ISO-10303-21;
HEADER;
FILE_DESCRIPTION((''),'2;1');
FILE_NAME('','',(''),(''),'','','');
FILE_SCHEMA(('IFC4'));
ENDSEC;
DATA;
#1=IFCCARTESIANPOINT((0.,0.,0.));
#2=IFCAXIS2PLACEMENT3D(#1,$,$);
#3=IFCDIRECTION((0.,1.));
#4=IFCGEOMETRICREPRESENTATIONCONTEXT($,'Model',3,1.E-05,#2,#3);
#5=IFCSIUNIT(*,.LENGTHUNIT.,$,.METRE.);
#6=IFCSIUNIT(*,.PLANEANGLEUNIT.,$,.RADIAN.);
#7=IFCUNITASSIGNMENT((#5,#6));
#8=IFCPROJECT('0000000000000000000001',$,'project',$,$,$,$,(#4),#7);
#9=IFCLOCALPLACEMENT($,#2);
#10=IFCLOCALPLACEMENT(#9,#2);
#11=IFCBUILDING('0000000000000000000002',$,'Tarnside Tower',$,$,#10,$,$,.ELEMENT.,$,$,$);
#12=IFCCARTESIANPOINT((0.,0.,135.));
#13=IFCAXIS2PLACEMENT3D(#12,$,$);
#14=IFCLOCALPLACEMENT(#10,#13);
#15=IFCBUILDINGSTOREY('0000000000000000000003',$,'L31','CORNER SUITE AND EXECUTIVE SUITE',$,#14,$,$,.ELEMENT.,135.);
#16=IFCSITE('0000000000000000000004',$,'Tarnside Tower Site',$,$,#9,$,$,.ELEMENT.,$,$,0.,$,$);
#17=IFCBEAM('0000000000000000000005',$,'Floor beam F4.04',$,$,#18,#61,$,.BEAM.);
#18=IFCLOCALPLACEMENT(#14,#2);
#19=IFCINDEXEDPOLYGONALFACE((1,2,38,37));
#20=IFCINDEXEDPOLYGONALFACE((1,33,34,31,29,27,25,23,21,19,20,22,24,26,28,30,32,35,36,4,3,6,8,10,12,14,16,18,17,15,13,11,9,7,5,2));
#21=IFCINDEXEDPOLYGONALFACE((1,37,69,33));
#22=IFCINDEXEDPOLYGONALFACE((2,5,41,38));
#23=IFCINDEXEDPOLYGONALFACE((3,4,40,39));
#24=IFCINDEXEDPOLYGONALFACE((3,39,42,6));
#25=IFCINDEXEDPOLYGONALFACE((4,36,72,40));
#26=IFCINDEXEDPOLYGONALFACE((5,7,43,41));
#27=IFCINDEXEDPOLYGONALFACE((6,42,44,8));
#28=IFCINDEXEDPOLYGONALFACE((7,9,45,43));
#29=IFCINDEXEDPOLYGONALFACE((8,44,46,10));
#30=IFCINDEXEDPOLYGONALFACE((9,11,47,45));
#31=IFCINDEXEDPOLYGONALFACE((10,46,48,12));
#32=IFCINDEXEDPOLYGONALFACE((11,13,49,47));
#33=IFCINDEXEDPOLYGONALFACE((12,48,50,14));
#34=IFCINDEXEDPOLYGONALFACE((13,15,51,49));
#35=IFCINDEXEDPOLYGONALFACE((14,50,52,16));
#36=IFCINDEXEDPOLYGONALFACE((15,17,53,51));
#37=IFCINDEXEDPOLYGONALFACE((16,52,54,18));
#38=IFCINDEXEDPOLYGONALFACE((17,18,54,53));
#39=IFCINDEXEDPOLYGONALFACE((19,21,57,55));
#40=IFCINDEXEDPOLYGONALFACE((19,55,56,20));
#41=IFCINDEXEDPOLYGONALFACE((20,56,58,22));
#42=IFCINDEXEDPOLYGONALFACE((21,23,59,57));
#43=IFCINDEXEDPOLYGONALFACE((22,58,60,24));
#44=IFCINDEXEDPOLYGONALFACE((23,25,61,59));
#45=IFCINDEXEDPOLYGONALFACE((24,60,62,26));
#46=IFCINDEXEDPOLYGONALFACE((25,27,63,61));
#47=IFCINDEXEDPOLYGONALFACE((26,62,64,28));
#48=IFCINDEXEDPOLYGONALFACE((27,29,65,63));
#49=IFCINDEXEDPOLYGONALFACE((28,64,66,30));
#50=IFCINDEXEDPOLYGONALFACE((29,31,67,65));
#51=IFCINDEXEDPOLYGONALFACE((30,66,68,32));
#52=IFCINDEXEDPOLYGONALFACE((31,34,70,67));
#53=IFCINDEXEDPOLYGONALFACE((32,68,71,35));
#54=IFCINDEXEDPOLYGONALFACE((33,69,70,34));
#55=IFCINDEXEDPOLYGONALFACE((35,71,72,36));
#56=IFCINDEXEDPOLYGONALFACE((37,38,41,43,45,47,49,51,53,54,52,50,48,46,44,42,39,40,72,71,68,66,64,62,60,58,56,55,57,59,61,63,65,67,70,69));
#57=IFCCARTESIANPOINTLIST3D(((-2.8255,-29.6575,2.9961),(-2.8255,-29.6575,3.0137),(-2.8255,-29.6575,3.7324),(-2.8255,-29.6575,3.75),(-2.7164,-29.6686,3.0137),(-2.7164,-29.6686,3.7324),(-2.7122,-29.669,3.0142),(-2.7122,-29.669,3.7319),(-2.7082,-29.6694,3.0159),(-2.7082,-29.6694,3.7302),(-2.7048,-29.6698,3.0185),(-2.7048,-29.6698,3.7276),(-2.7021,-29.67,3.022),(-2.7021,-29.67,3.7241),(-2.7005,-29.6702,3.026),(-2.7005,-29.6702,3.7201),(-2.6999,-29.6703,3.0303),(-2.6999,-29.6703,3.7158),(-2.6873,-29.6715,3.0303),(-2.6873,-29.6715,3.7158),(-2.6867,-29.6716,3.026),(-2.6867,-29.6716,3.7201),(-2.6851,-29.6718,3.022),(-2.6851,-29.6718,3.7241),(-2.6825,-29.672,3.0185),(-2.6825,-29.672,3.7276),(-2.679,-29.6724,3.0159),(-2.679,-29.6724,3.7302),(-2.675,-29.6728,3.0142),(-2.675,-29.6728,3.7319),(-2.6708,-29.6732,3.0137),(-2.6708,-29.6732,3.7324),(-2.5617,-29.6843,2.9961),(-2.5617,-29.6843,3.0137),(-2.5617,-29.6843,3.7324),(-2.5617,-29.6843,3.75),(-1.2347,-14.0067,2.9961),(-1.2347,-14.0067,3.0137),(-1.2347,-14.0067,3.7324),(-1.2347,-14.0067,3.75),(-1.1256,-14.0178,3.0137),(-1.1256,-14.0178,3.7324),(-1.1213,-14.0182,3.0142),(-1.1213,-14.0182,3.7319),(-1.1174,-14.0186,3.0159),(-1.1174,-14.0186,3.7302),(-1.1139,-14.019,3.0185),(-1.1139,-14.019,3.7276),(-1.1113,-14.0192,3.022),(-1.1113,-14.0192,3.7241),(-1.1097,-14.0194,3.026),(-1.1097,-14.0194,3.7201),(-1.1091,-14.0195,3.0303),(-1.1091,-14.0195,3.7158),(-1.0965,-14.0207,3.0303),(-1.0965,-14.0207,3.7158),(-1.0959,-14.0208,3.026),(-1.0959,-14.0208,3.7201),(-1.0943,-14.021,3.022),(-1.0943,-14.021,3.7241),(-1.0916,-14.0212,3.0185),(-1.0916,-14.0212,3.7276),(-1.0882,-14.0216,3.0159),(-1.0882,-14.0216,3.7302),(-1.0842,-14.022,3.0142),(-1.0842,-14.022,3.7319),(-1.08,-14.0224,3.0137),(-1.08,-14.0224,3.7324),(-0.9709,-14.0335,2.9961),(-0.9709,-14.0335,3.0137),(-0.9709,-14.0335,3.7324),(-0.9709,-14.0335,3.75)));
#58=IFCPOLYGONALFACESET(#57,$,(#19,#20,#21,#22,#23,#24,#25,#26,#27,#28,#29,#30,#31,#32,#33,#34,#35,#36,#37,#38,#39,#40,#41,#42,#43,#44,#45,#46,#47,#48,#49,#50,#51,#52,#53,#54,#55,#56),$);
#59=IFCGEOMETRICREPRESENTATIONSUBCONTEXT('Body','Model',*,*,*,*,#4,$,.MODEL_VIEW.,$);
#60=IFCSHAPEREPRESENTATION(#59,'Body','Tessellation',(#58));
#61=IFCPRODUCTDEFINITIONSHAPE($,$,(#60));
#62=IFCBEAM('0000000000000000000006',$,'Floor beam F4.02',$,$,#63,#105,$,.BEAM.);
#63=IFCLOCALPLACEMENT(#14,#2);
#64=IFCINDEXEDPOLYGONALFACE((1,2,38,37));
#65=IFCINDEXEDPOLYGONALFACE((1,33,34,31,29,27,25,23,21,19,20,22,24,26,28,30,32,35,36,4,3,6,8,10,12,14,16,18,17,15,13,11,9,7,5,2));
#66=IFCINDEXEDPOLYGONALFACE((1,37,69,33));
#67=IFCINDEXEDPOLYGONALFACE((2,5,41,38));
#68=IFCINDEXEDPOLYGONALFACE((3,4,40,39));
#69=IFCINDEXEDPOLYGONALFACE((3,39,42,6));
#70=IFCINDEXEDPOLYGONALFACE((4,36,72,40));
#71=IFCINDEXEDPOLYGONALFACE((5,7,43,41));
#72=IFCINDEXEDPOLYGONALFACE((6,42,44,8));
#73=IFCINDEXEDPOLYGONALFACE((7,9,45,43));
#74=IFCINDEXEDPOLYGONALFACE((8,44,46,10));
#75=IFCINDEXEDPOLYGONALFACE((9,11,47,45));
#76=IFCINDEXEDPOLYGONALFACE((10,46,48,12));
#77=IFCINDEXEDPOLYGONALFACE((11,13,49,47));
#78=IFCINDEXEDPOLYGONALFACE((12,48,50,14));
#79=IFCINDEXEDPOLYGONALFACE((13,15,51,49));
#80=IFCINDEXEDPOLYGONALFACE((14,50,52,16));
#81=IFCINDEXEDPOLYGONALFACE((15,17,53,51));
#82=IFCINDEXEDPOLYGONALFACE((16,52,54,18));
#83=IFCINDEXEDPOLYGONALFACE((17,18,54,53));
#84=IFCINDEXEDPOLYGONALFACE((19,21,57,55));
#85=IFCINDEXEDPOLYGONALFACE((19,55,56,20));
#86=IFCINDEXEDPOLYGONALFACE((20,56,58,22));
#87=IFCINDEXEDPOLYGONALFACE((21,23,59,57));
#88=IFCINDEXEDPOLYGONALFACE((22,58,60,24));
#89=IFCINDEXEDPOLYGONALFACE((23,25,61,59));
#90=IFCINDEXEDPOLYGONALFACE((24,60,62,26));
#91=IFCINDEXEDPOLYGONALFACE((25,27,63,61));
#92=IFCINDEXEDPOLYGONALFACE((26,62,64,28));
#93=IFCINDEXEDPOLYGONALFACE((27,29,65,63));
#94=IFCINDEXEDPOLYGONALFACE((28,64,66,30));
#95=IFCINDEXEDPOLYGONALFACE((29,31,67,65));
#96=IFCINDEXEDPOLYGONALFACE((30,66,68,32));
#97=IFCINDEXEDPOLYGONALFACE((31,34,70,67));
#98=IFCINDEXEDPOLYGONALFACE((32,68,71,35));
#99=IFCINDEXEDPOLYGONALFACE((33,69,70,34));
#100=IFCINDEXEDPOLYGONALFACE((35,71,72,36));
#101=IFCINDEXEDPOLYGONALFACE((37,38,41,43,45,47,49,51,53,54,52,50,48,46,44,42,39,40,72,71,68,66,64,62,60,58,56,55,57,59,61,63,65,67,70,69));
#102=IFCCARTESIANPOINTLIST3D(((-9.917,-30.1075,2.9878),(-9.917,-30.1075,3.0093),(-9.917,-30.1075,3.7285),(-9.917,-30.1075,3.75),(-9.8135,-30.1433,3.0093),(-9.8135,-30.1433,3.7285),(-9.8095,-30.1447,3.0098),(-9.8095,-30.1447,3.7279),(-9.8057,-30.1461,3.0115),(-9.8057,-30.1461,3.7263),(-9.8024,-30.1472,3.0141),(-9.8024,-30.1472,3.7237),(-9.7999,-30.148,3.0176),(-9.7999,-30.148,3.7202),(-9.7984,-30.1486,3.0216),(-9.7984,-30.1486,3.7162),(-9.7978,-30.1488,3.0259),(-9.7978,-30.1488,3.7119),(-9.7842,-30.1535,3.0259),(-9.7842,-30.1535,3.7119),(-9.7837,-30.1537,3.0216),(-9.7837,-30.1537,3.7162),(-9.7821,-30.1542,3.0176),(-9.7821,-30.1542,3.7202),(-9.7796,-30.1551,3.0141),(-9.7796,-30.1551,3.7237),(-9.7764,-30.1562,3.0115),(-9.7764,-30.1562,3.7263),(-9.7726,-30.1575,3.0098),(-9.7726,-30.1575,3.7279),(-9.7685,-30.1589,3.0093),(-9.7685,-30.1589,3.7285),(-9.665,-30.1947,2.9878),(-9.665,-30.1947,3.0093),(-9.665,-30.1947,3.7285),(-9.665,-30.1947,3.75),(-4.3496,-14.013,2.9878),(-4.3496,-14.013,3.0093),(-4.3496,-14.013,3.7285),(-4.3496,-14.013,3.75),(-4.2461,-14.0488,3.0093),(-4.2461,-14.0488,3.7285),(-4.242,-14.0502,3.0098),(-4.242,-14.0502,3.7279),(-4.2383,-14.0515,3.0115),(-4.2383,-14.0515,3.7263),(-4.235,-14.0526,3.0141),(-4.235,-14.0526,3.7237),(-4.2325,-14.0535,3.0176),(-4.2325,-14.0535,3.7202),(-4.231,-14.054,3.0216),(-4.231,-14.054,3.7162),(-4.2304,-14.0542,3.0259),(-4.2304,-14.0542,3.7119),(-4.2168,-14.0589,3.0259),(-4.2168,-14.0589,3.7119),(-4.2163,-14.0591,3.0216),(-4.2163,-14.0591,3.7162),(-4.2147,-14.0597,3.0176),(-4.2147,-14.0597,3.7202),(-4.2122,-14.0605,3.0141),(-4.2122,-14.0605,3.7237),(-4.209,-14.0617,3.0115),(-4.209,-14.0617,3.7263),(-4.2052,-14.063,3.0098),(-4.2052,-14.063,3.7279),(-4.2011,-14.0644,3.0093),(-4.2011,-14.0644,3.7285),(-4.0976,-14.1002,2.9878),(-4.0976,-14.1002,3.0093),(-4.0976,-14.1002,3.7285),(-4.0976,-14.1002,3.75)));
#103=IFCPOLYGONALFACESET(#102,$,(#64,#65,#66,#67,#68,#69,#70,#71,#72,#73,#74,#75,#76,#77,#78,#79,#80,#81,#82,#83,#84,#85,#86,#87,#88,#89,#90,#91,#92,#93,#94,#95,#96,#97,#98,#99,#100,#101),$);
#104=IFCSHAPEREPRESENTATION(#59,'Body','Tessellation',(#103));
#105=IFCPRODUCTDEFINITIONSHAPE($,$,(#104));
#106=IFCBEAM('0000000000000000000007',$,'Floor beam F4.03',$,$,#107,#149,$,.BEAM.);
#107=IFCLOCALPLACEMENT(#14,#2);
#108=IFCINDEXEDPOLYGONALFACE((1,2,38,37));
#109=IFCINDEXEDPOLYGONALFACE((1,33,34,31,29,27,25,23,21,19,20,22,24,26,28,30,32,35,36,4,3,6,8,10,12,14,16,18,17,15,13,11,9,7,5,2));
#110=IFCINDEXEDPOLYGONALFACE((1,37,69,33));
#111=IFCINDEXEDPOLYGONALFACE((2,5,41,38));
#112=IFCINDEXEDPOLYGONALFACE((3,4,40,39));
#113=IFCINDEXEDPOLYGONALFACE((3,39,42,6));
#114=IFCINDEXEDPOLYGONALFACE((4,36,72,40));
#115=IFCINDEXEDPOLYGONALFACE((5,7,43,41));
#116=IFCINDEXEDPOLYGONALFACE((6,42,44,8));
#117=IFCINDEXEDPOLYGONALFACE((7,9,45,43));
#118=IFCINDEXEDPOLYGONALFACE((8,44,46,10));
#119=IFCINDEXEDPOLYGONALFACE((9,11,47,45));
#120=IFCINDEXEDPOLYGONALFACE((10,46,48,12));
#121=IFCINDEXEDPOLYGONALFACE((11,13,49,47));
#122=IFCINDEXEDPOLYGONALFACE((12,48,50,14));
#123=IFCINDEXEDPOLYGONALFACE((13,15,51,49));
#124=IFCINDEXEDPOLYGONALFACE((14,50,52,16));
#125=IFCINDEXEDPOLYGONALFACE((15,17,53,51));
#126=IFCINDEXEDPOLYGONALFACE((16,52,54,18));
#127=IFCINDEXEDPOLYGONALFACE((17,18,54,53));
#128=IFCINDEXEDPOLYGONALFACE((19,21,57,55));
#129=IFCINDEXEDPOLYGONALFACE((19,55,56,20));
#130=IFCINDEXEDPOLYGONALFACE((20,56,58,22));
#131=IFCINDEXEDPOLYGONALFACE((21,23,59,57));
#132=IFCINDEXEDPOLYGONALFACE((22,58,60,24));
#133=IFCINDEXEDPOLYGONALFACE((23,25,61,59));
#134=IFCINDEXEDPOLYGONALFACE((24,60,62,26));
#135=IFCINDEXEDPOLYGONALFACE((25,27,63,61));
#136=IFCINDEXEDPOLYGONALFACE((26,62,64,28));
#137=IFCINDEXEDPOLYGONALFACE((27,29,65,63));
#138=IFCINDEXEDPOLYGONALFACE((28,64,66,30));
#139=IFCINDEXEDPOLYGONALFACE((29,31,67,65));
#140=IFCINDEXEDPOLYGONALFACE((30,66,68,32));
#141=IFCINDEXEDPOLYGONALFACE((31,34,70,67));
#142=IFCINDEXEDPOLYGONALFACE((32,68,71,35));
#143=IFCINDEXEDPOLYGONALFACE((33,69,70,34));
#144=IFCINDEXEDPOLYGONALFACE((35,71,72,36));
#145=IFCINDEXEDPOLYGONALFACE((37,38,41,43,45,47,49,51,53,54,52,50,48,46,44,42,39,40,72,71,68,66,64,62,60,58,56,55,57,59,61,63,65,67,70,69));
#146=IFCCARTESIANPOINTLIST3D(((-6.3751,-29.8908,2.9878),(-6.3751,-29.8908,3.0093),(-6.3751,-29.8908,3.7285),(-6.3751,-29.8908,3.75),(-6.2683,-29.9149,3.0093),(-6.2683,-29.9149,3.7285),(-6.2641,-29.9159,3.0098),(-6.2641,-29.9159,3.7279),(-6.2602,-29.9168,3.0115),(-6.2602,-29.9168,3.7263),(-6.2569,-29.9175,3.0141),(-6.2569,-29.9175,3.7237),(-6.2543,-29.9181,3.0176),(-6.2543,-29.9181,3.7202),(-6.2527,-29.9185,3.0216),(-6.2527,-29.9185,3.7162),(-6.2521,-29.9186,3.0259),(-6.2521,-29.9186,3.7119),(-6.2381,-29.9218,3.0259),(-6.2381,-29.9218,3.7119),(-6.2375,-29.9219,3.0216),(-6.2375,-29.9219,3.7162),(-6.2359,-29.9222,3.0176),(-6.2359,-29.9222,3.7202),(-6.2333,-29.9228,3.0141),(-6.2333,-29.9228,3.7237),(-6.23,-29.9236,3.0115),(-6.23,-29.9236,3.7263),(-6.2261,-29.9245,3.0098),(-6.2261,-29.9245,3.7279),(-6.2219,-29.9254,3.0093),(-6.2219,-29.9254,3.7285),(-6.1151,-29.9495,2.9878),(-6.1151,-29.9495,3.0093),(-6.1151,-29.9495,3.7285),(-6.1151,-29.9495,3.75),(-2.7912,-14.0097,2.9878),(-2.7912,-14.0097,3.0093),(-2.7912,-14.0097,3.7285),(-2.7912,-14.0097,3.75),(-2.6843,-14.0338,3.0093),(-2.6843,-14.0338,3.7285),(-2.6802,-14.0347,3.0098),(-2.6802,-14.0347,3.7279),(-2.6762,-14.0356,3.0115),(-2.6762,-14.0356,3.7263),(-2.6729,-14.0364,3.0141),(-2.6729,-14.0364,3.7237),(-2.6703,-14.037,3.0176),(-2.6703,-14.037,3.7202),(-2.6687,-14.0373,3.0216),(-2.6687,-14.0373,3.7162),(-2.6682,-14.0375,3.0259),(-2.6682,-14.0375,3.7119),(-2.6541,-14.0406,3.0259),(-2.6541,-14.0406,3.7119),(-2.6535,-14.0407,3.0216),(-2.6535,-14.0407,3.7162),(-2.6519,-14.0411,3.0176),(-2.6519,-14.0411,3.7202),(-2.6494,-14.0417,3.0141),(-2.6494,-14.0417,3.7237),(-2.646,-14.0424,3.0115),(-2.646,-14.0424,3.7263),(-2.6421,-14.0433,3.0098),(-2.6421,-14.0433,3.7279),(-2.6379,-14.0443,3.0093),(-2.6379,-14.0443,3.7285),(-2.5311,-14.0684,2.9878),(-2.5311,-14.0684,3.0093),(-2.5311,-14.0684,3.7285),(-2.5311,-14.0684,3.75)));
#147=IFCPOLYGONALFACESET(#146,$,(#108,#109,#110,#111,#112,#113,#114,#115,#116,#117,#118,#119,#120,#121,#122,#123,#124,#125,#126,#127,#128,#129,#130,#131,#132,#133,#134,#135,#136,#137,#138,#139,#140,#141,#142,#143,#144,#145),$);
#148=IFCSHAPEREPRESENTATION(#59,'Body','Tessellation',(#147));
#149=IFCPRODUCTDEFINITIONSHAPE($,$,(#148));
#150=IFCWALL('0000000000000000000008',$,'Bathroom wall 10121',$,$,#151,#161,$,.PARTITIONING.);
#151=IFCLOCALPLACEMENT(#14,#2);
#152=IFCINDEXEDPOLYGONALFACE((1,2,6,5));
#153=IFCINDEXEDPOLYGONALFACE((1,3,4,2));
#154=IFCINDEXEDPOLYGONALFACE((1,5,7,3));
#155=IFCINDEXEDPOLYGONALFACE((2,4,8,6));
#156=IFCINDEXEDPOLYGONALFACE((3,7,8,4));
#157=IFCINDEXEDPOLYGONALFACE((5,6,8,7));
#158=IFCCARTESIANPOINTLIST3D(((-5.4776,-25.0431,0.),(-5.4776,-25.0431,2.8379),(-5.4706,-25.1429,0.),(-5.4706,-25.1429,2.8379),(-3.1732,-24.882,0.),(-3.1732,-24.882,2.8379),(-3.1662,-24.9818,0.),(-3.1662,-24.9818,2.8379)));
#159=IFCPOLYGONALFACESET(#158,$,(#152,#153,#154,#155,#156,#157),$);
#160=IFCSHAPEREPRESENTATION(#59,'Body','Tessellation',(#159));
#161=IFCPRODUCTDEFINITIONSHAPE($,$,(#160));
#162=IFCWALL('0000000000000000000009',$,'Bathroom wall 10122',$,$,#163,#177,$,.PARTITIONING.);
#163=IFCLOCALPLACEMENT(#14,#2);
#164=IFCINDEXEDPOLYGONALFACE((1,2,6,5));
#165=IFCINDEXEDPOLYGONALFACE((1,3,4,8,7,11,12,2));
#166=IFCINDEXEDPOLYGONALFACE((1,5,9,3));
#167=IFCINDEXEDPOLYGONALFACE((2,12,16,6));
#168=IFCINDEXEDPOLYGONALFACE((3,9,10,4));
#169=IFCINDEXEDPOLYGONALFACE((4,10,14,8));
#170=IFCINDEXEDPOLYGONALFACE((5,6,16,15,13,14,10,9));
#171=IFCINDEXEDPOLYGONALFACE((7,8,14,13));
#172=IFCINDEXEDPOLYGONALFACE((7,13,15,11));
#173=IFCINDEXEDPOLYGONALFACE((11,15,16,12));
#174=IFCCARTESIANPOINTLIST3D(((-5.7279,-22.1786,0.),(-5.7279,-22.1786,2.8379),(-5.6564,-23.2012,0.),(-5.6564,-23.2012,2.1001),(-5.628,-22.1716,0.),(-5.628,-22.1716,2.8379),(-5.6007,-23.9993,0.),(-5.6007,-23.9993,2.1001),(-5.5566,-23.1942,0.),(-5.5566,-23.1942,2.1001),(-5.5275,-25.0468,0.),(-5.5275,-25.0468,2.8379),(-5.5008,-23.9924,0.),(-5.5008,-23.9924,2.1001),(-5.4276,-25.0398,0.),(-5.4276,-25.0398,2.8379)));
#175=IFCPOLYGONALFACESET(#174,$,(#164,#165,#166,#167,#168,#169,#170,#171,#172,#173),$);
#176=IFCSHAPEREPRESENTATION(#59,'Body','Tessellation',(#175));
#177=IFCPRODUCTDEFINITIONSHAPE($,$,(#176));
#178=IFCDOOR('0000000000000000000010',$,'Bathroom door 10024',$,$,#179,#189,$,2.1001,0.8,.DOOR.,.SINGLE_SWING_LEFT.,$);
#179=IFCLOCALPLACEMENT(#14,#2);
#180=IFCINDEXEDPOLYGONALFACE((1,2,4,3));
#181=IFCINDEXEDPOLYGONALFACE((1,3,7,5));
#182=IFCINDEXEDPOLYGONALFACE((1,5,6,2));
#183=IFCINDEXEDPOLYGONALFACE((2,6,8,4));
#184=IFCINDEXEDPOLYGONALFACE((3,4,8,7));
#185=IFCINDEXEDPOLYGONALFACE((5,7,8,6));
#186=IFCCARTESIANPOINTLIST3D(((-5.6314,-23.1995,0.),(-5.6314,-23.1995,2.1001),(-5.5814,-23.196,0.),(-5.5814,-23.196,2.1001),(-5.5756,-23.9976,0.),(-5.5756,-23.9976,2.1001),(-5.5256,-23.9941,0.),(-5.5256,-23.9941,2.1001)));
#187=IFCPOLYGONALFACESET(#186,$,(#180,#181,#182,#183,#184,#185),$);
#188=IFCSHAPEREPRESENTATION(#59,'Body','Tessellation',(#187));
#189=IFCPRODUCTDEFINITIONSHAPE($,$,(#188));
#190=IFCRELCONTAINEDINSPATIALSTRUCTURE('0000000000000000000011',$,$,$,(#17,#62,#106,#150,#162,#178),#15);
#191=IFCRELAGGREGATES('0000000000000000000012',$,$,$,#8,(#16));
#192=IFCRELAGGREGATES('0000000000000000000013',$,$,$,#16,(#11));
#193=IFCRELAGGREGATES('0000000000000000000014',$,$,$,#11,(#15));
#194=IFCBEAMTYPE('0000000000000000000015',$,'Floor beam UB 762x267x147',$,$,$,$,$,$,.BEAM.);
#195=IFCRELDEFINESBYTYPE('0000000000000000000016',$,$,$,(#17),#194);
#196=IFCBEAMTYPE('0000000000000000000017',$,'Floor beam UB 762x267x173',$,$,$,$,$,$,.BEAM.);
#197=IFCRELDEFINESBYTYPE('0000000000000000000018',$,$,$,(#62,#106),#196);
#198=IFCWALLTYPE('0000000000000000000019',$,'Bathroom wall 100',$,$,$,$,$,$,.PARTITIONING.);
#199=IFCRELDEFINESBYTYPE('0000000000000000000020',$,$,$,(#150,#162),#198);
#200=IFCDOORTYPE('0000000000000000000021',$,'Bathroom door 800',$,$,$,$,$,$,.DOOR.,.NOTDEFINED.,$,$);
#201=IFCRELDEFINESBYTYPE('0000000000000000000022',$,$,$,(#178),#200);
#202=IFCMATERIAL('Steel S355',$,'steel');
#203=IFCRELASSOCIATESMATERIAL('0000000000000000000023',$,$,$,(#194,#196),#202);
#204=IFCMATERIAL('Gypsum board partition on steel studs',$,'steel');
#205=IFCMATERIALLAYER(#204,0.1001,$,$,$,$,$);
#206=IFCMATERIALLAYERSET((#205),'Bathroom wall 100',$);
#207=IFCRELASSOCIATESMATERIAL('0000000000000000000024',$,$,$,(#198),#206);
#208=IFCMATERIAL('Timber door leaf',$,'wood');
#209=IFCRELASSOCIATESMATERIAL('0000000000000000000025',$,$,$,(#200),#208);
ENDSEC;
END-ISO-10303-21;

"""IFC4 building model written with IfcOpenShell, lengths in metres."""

from ifc_helpers import new_model, si_unit, direction, frame, frame_2d, origin, origin_2d, place, context, subcontext, project, spatial, rectangle, i_section, extrude, material, layer, layer_set, material_profile, profile_set, type_object, element, fill, save


model = new_model("IFC4")

# Units and contexts
model_context = context("Model", 3, precision=1e-05, world=origin(), true_north=direction((0.0, 1.0)))
body_context = subcontext(model_context, "Body", "Model", "MODEL_VIEW")
ifc_project = project(units=[si_unit("LENGTHUNIT", "METRE"), si_unit("PLANEANGLEUNIT", "RADIAN")], contexts=[model_context])

# Site, building, storey
site_placement = place(None, origin())
site = spatial("IfcSite", under=ifc_project, at=site_placement, Name="Tarnside Tower Site", CompositionType="ELEMENT", RefElevation=0.0)
building_placement = place(site_placement, origin())
building = spatial("IfcBuilding", under=site, at=building_placement, Name="Tarnside Tower", CompositionType="ELEMENT")
storey_placement = place(building_placement, frame((0.0, 0.0, 135.0)))
storey = spatial("IfcBuildingStorey", under=building, at=storey_placement, Name="L31", Description="CORNER SUITE AND EXECUTIVE SUITE", CompositionType="ELEMENT", Elevation=135.0)

# Beams
ifc_material_1 = material(Name="Steel S355", Category="steel")
ifc_material_profile_1 = material_profile(ifc_material_1, i_section(OverallWidth=0.2651, OverallDepth=0.7539, WebThickness=0.0127, FlangeThickness=0.0176, FilletRadius=0.0166, at=origin_2d()), Name="UB 762x267x147")
ifc_profile_set_1 = profile_set([ifc_material_profile_1], Name="Steel S355")
beam_type_1 = type_object("IfcBeamType", Name="Floor beam UB 762x267x147", PredefinedType="BEAM", material=ifc_profile_set_1)
beam_1_placement = place(storey_placement, frame((-2.6936, -29.6709, 3.373), z_axis=(0.101123, 0.994874, 0.0), x_axis=(-0.994874, 0.101123, 0.0)))
element("IfcBeam", 1, at=beam_1_placement, inside=storey, type_object=beam_type_1, Name="Floor beam F4.04", PredefinedType="BEAM", context=body_context, shape_type="SweptSolid", body=[
    extrude(i_section(OverallWidth=0.2651, OverallDepth=0.7539, WebThickness=0.0127, FlangeThickness=0.0176, FilletRadius=0.0166, at=origin_2d()), origin(), (0.0, 0.0, 1.0), 15.7314),
])
ifc_material_profile_2 = material_profile(ifc_material_1, i_section(OverallWidth=0.2666, OverallDepth=0.7622, WebThickness=0.0144, FlangeThickness=0.0215, FilletRadius=0.0166, at=origin_2d()), Name="UB 762x267x173")
ifc_profile_set_2 = profile_set([ifc_material_profile_2], Name="Steel S355")
beam_type_2 = type_object("IfcBeamType", Name="Floor beam UB 762x267x173", PredefinedType="BEAM", material=ifc_profile_set_2)
beam_2_placement = place(storey_placement, frame((-9.791, -30.1511, 3.3689), z_axis=(0.326912, 0.945055, 0.0), x_axis=(-0.945055, 0.326912, 0.0)))
element("IfcBeam", 2, at=beam_2_placement, inside=storey, type_object=beam_type_2, Name="Floor beam F4.02", PredefinedType="BEAM", context=body_context, shape_type="SweptSolid", body=[
    extrude(i_section(OverallWidth=0.2666, OverallDepth=0.7622, WebThickness=0.0144, FlangeThickness=0.0215, FilletRadius=0.0166, at=origin_2d()), origin(), (0.0, 0.0, 1.0), 17.0303),
])
beam_3_placement = place(storey_placement, frame((-6.2451, -29.9202, 3.3689), z_axis=(0.22014, 0.975468, 0.0), x_axis=(-0.975468, 0.22014, 0.0)))
element("IfcBeam", 3, at=beam_3_placement, inside=storey, type_object=beam_type_2, Name="Floor beam F4.03", PredefinedType="BEAM", context=body_context, shape_type="SweptSolid", body=[
    extrude(i_section(OverallWidth=0.2666, OverallDepth=0.7622, WebThickness=0.0144, FlangeThickness=0.0215, FilletRadius=0.0166, at=origin_2d()), origin(), (0.0, 0.0, 1.0), 16.2805),
])

# Wall
ifc_material_2 = material(Name="Gypsum board partition on steel studs", Category="steel")
ifc_layer_1 = layer(ifc_material_2, 0.1001)
ifc_layer_set_1 = layer_set([ifc_layer_1], Name="Bathroom wall 100")
wall_type_1 = type_object("IfcWallType", Name="Bathroom wall 100", PredefinedType="PARTITIONING", material=ifc_layer_set_1)
wall_1_placement = place(storey_placement, frame((-3.1697, -24.9319, 0.0), z_axis=(0.0, 0.0, 1.0), x_axis=(-0.997564, -0.069752, 0.0)))
element("IfcWall", 4, at=wall_1_placement, inside=storey, type_object=wall_type_1, Name="Bathroom wall 10121", PredefinedType="PARTITIONING", context=body_context, shape_type="SweptSolid", body=[
    extrude(rectangle(XDim=2.3101, YDim=0.1001, at=frame_2d((1.155, 0.0))), origin(), (0.0, 0.0, 1.0), 2.8379),
])

# Wall, opening, door
wall_2_placement = place(storey_placement, frame((-5.4775, -25.0432, 0.0), z_axis=(0.0, 0.0, 1.0), x_axis=(-0.069714, 0.997567, 0.0)))
wall_2 = element("IfcWall", 5, at=wall_2_placement, inside=storey, type_object=wall_type_1, Name="Bathroom wall 10122", PredefinedType="PARTITIONING", context=body_context, shape_type="SweptSolid", body=[
    extrude(rectangle(XDim=2.8752, YDim=0.1001, at=frame_2d((1.4375, 0.0))), origin(), (0.0, 0.0, 1.0), 2.8379),
])
opening_1_placement = place(wall_2_placement, frame((1.05, 0.0, 0.0)))
opening_1 = element("IfcOpeningElement", 6, at=opening_1_placement, cuts=wall_2, PredefinedType="OPENING", context=body_context, shape_type="SweptSolid", body=[
    extrude(rectangle(XDim=0.8, YDim=2.1001, at=frame_2d((0.3999, 1.05))), frame((0.0, 0.0601, 0.0), z_axis=(0.0, -1.0, 0.0), x_axis=(1.0, 0.0, 0.0)), (0.0, 0.0, 1.0), 0.1201),
])
ifc_material_3 = material(Name="Timber door leaf", Category="wood")
door_type_1 = type_object("IfcDoorType", Name="Bathroom door 800", OperationType="NOTDEFINED", PredefinedType="DOOR", material=ifc_material_3)
door_1_placement = place(opening_1_placement, origin())
door_1 = element("IfcDoor", 7, at=door_1_placement, inside=storey, type_object=door_type_1, Name="Bathroom door 10024", OperationType="SINGLE_SWING_LEFT", OverallHeight=2.1001, OverallWidth=0.8, PredefinedType="DOOR", context=body_context, shape_type="SweptSolid", body=[
    extrude(rectangle(XDim=0.8, YDim=2.1001, at=frame_2d((0.3999, 1.05))), frame((0.0, 0.0249, 0.0), z_axis=(0.0, -1.0, 0.0), x_axis=(1.0, 0.0, 0.0)), (0.0, 0.0, 1.0), 0.05),
])
fill(opening_1, door_1)

save(model, "model.ifc")
